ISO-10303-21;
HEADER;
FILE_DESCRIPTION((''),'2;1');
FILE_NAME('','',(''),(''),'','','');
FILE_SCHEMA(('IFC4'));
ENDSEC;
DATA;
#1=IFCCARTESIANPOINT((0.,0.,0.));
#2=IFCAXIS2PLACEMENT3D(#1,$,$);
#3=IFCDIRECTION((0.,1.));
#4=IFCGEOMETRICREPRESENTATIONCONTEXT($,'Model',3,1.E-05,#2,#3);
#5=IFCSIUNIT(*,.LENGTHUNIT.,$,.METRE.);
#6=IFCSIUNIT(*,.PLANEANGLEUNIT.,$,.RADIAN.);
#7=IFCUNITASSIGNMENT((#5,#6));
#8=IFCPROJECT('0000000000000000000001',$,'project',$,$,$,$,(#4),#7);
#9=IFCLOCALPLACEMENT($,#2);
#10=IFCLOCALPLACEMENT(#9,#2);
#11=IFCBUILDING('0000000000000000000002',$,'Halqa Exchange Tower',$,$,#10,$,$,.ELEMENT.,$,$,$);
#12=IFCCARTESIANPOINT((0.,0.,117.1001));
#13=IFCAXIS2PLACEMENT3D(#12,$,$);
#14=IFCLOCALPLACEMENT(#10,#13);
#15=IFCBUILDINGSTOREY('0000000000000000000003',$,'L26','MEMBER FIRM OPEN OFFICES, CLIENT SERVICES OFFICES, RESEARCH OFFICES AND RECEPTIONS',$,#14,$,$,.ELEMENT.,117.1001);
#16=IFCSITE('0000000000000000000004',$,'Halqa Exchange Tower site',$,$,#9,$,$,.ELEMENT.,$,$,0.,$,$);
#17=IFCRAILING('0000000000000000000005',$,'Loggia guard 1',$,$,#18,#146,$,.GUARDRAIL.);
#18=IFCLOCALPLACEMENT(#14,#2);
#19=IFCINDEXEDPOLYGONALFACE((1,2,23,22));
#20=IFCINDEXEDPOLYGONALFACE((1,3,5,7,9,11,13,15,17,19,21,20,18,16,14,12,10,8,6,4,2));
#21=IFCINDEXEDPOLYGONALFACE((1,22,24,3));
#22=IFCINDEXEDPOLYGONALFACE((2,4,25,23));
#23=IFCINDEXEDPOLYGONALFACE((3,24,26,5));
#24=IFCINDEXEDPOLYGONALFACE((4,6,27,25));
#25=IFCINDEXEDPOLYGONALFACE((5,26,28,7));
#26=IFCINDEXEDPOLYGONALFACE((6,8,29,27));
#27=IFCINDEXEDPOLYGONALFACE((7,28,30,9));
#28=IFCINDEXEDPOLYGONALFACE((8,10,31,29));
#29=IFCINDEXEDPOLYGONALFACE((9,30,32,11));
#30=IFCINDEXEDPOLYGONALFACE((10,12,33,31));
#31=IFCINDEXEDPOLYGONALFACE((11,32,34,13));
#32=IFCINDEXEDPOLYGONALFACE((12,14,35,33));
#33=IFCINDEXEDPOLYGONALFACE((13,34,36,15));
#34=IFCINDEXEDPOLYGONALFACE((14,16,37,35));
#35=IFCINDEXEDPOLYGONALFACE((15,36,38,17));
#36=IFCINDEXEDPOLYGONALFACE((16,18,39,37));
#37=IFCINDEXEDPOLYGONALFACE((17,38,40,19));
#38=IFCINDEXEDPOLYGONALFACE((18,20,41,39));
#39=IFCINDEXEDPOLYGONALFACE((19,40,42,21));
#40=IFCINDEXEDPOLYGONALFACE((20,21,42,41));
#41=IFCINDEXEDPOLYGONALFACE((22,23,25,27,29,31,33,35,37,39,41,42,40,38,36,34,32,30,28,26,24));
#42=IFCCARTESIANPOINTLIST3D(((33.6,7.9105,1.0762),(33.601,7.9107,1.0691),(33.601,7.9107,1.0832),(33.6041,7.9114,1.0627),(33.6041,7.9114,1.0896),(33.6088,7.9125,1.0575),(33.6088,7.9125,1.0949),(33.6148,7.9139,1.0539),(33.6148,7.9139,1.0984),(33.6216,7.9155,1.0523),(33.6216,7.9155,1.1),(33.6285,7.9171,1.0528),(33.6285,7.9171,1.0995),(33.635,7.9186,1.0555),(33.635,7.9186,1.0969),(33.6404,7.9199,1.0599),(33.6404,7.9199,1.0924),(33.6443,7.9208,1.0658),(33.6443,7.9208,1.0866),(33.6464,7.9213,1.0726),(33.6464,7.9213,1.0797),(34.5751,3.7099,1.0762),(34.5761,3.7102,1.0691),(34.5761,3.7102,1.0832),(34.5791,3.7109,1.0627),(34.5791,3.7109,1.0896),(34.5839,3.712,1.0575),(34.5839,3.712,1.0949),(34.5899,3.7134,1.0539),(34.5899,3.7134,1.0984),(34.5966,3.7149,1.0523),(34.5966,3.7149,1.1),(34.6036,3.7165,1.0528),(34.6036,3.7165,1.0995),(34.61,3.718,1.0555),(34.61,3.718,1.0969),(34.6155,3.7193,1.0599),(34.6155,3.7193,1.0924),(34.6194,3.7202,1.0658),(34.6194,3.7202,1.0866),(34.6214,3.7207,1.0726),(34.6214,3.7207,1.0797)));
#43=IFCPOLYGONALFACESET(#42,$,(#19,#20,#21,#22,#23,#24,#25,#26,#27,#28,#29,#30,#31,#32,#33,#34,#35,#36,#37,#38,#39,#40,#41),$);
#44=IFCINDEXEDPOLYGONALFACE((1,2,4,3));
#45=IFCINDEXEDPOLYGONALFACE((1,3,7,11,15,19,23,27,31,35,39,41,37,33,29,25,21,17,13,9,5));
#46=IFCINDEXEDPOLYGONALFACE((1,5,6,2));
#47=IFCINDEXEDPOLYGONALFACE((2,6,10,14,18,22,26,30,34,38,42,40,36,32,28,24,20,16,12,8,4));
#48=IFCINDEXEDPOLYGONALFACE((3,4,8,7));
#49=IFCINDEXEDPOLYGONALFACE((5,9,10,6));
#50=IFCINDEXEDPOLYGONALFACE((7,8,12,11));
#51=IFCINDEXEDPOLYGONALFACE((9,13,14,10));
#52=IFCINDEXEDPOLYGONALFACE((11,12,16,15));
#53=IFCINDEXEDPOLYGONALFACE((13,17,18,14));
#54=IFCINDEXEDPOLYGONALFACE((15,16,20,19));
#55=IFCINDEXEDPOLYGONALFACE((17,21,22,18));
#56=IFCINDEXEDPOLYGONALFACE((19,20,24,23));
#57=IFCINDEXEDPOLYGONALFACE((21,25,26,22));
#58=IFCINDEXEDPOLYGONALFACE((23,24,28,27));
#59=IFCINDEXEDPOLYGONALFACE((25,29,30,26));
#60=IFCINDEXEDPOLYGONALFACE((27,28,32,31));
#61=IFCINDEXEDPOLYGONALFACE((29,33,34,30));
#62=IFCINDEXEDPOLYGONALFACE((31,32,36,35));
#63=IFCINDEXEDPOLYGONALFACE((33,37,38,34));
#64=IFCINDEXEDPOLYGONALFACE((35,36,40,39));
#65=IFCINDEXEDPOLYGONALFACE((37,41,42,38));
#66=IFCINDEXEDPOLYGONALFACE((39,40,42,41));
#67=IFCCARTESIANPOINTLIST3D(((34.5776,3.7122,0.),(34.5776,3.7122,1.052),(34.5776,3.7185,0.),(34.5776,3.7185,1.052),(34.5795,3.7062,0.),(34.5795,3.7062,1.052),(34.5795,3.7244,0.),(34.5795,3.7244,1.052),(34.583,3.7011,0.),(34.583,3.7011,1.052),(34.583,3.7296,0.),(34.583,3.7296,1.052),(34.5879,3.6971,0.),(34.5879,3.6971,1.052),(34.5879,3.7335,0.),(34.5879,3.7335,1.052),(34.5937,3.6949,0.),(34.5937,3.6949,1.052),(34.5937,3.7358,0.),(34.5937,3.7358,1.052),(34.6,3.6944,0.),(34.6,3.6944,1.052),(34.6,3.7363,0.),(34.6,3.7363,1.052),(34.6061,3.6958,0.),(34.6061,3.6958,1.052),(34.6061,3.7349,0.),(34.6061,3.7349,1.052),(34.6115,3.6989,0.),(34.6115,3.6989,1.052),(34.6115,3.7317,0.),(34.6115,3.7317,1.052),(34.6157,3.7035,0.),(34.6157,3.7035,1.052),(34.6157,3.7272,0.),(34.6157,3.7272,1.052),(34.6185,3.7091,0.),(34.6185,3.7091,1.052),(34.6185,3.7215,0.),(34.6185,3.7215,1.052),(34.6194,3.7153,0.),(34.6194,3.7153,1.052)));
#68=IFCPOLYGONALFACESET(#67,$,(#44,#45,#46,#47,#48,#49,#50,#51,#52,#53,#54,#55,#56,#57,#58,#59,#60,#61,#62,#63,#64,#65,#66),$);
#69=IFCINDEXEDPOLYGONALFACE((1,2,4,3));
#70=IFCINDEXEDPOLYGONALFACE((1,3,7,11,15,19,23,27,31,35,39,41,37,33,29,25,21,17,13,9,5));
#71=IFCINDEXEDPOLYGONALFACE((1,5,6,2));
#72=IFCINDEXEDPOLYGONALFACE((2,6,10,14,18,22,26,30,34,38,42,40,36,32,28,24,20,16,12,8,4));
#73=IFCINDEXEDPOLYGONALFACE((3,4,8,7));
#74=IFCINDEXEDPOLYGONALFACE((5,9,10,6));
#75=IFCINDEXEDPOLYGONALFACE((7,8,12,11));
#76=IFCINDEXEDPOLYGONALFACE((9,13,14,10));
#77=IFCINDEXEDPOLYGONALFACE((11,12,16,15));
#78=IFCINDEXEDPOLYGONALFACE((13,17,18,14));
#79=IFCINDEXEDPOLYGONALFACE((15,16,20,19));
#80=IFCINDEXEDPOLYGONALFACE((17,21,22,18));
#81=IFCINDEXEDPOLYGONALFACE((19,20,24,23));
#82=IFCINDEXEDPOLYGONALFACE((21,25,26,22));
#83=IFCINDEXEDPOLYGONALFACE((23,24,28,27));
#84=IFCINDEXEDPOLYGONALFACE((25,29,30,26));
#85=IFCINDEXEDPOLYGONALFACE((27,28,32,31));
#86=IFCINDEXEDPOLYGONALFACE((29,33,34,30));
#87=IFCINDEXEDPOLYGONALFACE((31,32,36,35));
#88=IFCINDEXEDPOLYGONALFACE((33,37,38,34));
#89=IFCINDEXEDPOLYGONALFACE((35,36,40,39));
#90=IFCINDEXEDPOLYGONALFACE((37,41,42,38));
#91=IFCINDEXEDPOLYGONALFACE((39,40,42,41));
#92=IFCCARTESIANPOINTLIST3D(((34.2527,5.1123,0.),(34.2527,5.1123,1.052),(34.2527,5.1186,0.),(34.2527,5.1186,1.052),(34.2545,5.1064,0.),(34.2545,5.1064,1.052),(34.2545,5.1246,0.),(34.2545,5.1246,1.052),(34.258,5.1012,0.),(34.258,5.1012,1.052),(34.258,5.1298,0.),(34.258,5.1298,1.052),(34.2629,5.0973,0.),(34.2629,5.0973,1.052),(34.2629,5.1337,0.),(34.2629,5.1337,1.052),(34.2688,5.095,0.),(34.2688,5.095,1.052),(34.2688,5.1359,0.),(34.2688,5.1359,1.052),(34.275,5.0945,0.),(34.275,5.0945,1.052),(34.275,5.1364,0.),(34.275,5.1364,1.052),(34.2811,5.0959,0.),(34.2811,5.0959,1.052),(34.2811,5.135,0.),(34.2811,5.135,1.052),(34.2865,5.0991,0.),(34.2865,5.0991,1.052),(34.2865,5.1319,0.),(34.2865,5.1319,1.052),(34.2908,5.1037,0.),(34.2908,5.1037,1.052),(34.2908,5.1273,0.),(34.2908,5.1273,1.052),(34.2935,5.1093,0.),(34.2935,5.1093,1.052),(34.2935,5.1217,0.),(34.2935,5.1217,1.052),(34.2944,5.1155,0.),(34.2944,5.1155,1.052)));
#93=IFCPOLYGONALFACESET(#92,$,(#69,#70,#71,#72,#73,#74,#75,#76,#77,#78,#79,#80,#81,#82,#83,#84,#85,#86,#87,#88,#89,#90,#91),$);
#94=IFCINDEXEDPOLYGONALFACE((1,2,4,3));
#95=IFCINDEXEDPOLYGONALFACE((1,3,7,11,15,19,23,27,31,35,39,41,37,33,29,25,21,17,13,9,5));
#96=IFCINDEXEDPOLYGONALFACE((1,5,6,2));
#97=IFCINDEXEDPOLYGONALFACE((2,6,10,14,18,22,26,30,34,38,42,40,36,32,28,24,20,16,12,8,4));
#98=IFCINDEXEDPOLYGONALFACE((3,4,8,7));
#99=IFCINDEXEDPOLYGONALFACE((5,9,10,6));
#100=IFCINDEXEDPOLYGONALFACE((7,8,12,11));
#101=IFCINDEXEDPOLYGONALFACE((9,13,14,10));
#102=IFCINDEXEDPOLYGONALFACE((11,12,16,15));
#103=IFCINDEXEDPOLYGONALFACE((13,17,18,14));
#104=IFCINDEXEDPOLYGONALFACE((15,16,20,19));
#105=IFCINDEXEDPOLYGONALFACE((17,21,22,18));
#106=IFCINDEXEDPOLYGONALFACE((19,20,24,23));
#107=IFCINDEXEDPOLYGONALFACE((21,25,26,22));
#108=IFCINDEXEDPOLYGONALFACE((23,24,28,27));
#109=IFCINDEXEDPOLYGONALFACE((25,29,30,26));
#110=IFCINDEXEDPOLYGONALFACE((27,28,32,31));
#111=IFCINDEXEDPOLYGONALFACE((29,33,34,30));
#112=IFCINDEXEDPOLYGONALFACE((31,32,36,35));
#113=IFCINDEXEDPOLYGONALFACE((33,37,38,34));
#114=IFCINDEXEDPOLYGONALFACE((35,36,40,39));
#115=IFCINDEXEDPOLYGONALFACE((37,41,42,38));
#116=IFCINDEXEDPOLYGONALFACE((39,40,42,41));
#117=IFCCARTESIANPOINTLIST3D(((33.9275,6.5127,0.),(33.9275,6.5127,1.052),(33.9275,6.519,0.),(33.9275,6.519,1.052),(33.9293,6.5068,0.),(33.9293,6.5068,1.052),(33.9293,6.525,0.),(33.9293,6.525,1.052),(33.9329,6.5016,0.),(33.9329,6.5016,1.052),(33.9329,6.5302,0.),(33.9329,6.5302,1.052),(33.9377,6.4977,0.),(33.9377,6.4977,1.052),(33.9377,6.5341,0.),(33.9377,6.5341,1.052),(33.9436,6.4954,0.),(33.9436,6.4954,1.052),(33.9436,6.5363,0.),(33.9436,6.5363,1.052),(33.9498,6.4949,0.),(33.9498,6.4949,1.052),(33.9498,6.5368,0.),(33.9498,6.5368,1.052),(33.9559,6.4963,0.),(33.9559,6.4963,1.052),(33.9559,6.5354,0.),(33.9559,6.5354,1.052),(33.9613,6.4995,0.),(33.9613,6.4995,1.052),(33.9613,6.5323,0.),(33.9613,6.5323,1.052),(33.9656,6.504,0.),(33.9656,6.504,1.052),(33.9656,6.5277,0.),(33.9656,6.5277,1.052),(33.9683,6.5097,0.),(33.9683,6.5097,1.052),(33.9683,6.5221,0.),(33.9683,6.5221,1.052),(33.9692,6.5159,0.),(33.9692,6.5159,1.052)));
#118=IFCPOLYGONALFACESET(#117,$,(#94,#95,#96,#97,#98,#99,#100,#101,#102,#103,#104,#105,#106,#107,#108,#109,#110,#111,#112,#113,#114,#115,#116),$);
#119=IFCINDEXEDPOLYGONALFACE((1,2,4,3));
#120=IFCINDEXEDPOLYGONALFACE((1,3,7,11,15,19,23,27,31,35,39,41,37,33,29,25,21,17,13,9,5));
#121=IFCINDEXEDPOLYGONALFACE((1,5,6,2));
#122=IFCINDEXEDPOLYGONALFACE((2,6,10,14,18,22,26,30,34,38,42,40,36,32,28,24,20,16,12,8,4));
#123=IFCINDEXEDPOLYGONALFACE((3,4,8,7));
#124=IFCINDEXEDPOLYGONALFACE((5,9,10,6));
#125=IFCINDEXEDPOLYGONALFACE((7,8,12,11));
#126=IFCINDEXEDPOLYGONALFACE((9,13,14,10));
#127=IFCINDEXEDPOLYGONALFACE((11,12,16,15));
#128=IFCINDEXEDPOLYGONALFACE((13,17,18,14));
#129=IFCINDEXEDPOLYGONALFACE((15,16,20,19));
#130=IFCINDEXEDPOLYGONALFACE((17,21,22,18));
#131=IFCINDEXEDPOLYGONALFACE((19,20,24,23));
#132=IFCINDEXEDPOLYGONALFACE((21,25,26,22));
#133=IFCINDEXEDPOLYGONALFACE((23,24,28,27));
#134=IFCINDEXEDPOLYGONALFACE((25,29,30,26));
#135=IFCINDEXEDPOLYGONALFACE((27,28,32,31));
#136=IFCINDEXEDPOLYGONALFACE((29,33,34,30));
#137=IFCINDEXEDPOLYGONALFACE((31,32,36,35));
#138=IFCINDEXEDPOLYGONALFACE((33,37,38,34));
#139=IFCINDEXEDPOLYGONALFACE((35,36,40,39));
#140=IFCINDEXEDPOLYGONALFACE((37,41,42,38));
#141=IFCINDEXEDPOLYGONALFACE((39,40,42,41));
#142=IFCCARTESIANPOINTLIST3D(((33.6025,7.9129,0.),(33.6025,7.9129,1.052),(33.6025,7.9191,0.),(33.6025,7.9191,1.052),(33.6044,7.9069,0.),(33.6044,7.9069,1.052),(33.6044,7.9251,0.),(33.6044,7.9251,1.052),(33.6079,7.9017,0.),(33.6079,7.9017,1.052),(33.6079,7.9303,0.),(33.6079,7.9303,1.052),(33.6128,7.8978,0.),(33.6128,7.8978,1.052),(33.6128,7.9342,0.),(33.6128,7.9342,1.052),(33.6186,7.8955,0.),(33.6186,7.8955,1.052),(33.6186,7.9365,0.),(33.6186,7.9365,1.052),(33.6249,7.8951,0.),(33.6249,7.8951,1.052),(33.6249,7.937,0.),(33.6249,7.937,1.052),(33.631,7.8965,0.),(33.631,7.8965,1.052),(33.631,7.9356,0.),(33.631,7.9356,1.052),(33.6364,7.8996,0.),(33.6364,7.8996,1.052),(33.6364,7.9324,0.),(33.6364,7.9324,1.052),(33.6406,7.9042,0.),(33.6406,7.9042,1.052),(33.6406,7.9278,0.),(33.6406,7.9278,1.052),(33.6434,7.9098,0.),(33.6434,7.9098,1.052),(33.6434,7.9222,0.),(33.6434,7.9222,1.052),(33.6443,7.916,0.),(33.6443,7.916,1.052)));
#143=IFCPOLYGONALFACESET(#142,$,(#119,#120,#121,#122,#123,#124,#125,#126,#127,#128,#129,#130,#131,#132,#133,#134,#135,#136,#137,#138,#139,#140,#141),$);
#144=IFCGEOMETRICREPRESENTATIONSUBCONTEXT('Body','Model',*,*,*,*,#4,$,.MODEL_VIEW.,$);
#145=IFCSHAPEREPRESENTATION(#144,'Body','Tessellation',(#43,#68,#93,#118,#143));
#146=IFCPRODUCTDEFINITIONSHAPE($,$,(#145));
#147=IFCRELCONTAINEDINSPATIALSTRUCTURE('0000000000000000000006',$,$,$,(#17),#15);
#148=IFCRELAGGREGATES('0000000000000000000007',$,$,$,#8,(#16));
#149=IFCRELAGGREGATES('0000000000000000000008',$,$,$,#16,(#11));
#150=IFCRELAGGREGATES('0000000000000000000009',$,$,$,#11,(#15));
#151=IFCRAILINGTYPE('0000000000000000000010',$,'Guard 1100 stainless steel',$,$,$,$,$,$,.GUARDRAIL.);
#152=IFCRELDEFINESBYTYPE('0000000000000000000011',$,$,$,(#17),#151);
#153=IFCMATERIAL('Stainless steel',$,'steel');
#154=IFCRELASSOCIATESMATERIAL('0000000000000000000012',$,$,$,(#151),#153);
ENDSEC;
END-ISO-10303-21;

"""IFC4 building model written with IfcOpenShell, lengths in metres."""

from ifc_helpers import new_model, si_unit, direction, frame, origin, origin_2d, place, context, subcontext, project, spatial, circle, extrude, material, type_object, element, save


model = new_model("IFC4")

# Units and contexts
model_context = context("Model", 3, precision=1e-05, world=origin(), true_north=direction((0.0, 1.0)))
body_context = subcontext(model_context, "Body", "Model", "MODEL_VIEW")
ifc_project = project(units=[si_unit("LENGTHUNIT", "METRE"), si_unit("PLANEANGLEUNIT", "RADIAN")], contexts=[model_context])

# Site, building, storey
site_placement = place(None, origin())
site = spatial("IfcSite", under=ifc_project, at=site_placement, Name="Halqa Exchange Tower site", CompositionType="ELEMENT", RefElevation=0.0)
building_placement = place(site_placement, origin())
building = spatial("IfcBuilding", under=site, at=building_placement, Name="Halqa Exchange Tower", CompositionType="ELEMENT")
storey_placement = place(building_placement, frame((0.0, 0.0, 117.1001)))
storey = spatial("IfcBuildingStorey", under=building, at=storey_placement, Name="L26", Description="MEMBER FIRM OPEN OFFICES, CLIENT SERVICES OFFICES, RESEARCH OFFICES AND RECEPTIONS", CompositionType="ELEMENT", Elevation=117.1001)

# Railing
ifc_material_1 = material(Name="Stainless steel", Category="steel")
railing_type = type_object("IfcRailingType", Name="Guard 1100 stainless steel", PredefinedType="GUARDRAIL", material=ifc_material_1)
railing_1_placement = place(storey_placement, frame((34.5984, 3.7153, 0.0)))
element("IfcRailing", 1, at=railing_1_placement, inside=storey, type_object=railing_type, Name="Loggia guard 1", PredefinedType="GUARDRAIL", context=body_context, shape_type="SweptSolid", body=[
    extrude(circle(Radius=0.0239, at=origin_2d()), frame((0.0, 0.0, 1.0762), z_axis=(-0.226116, 0.9741, 0.0), x_axis=(-0.9741, -0.226116, 0.0)), (0.0, 0.0, 1.0), 4.3123),
    extrude(circle(Radius=0.021, at=origin_2d()), origin(), (0.0, 0.0, 1.0), 1.052),
    extrude(circle(Radius=0.021, at=origin_2d()), frame((-0.325, 1.4001, 0.0)), (0.0, 0.0, 1.0), 1.052),
    extrude(circle(Radius=0.021, at=origin_2d()), frame((-0.6501, 2.8005, 0.0)), (0.0, 0.0, 1.0), 1.052),
    extrude(circle(Radius=0.021, at=origin_2d()), frame((-0.9751, 4.2007, 0.0)), (0.0, 0.0, 1.0), 1.052),
])

save(model, "model.ifc")
